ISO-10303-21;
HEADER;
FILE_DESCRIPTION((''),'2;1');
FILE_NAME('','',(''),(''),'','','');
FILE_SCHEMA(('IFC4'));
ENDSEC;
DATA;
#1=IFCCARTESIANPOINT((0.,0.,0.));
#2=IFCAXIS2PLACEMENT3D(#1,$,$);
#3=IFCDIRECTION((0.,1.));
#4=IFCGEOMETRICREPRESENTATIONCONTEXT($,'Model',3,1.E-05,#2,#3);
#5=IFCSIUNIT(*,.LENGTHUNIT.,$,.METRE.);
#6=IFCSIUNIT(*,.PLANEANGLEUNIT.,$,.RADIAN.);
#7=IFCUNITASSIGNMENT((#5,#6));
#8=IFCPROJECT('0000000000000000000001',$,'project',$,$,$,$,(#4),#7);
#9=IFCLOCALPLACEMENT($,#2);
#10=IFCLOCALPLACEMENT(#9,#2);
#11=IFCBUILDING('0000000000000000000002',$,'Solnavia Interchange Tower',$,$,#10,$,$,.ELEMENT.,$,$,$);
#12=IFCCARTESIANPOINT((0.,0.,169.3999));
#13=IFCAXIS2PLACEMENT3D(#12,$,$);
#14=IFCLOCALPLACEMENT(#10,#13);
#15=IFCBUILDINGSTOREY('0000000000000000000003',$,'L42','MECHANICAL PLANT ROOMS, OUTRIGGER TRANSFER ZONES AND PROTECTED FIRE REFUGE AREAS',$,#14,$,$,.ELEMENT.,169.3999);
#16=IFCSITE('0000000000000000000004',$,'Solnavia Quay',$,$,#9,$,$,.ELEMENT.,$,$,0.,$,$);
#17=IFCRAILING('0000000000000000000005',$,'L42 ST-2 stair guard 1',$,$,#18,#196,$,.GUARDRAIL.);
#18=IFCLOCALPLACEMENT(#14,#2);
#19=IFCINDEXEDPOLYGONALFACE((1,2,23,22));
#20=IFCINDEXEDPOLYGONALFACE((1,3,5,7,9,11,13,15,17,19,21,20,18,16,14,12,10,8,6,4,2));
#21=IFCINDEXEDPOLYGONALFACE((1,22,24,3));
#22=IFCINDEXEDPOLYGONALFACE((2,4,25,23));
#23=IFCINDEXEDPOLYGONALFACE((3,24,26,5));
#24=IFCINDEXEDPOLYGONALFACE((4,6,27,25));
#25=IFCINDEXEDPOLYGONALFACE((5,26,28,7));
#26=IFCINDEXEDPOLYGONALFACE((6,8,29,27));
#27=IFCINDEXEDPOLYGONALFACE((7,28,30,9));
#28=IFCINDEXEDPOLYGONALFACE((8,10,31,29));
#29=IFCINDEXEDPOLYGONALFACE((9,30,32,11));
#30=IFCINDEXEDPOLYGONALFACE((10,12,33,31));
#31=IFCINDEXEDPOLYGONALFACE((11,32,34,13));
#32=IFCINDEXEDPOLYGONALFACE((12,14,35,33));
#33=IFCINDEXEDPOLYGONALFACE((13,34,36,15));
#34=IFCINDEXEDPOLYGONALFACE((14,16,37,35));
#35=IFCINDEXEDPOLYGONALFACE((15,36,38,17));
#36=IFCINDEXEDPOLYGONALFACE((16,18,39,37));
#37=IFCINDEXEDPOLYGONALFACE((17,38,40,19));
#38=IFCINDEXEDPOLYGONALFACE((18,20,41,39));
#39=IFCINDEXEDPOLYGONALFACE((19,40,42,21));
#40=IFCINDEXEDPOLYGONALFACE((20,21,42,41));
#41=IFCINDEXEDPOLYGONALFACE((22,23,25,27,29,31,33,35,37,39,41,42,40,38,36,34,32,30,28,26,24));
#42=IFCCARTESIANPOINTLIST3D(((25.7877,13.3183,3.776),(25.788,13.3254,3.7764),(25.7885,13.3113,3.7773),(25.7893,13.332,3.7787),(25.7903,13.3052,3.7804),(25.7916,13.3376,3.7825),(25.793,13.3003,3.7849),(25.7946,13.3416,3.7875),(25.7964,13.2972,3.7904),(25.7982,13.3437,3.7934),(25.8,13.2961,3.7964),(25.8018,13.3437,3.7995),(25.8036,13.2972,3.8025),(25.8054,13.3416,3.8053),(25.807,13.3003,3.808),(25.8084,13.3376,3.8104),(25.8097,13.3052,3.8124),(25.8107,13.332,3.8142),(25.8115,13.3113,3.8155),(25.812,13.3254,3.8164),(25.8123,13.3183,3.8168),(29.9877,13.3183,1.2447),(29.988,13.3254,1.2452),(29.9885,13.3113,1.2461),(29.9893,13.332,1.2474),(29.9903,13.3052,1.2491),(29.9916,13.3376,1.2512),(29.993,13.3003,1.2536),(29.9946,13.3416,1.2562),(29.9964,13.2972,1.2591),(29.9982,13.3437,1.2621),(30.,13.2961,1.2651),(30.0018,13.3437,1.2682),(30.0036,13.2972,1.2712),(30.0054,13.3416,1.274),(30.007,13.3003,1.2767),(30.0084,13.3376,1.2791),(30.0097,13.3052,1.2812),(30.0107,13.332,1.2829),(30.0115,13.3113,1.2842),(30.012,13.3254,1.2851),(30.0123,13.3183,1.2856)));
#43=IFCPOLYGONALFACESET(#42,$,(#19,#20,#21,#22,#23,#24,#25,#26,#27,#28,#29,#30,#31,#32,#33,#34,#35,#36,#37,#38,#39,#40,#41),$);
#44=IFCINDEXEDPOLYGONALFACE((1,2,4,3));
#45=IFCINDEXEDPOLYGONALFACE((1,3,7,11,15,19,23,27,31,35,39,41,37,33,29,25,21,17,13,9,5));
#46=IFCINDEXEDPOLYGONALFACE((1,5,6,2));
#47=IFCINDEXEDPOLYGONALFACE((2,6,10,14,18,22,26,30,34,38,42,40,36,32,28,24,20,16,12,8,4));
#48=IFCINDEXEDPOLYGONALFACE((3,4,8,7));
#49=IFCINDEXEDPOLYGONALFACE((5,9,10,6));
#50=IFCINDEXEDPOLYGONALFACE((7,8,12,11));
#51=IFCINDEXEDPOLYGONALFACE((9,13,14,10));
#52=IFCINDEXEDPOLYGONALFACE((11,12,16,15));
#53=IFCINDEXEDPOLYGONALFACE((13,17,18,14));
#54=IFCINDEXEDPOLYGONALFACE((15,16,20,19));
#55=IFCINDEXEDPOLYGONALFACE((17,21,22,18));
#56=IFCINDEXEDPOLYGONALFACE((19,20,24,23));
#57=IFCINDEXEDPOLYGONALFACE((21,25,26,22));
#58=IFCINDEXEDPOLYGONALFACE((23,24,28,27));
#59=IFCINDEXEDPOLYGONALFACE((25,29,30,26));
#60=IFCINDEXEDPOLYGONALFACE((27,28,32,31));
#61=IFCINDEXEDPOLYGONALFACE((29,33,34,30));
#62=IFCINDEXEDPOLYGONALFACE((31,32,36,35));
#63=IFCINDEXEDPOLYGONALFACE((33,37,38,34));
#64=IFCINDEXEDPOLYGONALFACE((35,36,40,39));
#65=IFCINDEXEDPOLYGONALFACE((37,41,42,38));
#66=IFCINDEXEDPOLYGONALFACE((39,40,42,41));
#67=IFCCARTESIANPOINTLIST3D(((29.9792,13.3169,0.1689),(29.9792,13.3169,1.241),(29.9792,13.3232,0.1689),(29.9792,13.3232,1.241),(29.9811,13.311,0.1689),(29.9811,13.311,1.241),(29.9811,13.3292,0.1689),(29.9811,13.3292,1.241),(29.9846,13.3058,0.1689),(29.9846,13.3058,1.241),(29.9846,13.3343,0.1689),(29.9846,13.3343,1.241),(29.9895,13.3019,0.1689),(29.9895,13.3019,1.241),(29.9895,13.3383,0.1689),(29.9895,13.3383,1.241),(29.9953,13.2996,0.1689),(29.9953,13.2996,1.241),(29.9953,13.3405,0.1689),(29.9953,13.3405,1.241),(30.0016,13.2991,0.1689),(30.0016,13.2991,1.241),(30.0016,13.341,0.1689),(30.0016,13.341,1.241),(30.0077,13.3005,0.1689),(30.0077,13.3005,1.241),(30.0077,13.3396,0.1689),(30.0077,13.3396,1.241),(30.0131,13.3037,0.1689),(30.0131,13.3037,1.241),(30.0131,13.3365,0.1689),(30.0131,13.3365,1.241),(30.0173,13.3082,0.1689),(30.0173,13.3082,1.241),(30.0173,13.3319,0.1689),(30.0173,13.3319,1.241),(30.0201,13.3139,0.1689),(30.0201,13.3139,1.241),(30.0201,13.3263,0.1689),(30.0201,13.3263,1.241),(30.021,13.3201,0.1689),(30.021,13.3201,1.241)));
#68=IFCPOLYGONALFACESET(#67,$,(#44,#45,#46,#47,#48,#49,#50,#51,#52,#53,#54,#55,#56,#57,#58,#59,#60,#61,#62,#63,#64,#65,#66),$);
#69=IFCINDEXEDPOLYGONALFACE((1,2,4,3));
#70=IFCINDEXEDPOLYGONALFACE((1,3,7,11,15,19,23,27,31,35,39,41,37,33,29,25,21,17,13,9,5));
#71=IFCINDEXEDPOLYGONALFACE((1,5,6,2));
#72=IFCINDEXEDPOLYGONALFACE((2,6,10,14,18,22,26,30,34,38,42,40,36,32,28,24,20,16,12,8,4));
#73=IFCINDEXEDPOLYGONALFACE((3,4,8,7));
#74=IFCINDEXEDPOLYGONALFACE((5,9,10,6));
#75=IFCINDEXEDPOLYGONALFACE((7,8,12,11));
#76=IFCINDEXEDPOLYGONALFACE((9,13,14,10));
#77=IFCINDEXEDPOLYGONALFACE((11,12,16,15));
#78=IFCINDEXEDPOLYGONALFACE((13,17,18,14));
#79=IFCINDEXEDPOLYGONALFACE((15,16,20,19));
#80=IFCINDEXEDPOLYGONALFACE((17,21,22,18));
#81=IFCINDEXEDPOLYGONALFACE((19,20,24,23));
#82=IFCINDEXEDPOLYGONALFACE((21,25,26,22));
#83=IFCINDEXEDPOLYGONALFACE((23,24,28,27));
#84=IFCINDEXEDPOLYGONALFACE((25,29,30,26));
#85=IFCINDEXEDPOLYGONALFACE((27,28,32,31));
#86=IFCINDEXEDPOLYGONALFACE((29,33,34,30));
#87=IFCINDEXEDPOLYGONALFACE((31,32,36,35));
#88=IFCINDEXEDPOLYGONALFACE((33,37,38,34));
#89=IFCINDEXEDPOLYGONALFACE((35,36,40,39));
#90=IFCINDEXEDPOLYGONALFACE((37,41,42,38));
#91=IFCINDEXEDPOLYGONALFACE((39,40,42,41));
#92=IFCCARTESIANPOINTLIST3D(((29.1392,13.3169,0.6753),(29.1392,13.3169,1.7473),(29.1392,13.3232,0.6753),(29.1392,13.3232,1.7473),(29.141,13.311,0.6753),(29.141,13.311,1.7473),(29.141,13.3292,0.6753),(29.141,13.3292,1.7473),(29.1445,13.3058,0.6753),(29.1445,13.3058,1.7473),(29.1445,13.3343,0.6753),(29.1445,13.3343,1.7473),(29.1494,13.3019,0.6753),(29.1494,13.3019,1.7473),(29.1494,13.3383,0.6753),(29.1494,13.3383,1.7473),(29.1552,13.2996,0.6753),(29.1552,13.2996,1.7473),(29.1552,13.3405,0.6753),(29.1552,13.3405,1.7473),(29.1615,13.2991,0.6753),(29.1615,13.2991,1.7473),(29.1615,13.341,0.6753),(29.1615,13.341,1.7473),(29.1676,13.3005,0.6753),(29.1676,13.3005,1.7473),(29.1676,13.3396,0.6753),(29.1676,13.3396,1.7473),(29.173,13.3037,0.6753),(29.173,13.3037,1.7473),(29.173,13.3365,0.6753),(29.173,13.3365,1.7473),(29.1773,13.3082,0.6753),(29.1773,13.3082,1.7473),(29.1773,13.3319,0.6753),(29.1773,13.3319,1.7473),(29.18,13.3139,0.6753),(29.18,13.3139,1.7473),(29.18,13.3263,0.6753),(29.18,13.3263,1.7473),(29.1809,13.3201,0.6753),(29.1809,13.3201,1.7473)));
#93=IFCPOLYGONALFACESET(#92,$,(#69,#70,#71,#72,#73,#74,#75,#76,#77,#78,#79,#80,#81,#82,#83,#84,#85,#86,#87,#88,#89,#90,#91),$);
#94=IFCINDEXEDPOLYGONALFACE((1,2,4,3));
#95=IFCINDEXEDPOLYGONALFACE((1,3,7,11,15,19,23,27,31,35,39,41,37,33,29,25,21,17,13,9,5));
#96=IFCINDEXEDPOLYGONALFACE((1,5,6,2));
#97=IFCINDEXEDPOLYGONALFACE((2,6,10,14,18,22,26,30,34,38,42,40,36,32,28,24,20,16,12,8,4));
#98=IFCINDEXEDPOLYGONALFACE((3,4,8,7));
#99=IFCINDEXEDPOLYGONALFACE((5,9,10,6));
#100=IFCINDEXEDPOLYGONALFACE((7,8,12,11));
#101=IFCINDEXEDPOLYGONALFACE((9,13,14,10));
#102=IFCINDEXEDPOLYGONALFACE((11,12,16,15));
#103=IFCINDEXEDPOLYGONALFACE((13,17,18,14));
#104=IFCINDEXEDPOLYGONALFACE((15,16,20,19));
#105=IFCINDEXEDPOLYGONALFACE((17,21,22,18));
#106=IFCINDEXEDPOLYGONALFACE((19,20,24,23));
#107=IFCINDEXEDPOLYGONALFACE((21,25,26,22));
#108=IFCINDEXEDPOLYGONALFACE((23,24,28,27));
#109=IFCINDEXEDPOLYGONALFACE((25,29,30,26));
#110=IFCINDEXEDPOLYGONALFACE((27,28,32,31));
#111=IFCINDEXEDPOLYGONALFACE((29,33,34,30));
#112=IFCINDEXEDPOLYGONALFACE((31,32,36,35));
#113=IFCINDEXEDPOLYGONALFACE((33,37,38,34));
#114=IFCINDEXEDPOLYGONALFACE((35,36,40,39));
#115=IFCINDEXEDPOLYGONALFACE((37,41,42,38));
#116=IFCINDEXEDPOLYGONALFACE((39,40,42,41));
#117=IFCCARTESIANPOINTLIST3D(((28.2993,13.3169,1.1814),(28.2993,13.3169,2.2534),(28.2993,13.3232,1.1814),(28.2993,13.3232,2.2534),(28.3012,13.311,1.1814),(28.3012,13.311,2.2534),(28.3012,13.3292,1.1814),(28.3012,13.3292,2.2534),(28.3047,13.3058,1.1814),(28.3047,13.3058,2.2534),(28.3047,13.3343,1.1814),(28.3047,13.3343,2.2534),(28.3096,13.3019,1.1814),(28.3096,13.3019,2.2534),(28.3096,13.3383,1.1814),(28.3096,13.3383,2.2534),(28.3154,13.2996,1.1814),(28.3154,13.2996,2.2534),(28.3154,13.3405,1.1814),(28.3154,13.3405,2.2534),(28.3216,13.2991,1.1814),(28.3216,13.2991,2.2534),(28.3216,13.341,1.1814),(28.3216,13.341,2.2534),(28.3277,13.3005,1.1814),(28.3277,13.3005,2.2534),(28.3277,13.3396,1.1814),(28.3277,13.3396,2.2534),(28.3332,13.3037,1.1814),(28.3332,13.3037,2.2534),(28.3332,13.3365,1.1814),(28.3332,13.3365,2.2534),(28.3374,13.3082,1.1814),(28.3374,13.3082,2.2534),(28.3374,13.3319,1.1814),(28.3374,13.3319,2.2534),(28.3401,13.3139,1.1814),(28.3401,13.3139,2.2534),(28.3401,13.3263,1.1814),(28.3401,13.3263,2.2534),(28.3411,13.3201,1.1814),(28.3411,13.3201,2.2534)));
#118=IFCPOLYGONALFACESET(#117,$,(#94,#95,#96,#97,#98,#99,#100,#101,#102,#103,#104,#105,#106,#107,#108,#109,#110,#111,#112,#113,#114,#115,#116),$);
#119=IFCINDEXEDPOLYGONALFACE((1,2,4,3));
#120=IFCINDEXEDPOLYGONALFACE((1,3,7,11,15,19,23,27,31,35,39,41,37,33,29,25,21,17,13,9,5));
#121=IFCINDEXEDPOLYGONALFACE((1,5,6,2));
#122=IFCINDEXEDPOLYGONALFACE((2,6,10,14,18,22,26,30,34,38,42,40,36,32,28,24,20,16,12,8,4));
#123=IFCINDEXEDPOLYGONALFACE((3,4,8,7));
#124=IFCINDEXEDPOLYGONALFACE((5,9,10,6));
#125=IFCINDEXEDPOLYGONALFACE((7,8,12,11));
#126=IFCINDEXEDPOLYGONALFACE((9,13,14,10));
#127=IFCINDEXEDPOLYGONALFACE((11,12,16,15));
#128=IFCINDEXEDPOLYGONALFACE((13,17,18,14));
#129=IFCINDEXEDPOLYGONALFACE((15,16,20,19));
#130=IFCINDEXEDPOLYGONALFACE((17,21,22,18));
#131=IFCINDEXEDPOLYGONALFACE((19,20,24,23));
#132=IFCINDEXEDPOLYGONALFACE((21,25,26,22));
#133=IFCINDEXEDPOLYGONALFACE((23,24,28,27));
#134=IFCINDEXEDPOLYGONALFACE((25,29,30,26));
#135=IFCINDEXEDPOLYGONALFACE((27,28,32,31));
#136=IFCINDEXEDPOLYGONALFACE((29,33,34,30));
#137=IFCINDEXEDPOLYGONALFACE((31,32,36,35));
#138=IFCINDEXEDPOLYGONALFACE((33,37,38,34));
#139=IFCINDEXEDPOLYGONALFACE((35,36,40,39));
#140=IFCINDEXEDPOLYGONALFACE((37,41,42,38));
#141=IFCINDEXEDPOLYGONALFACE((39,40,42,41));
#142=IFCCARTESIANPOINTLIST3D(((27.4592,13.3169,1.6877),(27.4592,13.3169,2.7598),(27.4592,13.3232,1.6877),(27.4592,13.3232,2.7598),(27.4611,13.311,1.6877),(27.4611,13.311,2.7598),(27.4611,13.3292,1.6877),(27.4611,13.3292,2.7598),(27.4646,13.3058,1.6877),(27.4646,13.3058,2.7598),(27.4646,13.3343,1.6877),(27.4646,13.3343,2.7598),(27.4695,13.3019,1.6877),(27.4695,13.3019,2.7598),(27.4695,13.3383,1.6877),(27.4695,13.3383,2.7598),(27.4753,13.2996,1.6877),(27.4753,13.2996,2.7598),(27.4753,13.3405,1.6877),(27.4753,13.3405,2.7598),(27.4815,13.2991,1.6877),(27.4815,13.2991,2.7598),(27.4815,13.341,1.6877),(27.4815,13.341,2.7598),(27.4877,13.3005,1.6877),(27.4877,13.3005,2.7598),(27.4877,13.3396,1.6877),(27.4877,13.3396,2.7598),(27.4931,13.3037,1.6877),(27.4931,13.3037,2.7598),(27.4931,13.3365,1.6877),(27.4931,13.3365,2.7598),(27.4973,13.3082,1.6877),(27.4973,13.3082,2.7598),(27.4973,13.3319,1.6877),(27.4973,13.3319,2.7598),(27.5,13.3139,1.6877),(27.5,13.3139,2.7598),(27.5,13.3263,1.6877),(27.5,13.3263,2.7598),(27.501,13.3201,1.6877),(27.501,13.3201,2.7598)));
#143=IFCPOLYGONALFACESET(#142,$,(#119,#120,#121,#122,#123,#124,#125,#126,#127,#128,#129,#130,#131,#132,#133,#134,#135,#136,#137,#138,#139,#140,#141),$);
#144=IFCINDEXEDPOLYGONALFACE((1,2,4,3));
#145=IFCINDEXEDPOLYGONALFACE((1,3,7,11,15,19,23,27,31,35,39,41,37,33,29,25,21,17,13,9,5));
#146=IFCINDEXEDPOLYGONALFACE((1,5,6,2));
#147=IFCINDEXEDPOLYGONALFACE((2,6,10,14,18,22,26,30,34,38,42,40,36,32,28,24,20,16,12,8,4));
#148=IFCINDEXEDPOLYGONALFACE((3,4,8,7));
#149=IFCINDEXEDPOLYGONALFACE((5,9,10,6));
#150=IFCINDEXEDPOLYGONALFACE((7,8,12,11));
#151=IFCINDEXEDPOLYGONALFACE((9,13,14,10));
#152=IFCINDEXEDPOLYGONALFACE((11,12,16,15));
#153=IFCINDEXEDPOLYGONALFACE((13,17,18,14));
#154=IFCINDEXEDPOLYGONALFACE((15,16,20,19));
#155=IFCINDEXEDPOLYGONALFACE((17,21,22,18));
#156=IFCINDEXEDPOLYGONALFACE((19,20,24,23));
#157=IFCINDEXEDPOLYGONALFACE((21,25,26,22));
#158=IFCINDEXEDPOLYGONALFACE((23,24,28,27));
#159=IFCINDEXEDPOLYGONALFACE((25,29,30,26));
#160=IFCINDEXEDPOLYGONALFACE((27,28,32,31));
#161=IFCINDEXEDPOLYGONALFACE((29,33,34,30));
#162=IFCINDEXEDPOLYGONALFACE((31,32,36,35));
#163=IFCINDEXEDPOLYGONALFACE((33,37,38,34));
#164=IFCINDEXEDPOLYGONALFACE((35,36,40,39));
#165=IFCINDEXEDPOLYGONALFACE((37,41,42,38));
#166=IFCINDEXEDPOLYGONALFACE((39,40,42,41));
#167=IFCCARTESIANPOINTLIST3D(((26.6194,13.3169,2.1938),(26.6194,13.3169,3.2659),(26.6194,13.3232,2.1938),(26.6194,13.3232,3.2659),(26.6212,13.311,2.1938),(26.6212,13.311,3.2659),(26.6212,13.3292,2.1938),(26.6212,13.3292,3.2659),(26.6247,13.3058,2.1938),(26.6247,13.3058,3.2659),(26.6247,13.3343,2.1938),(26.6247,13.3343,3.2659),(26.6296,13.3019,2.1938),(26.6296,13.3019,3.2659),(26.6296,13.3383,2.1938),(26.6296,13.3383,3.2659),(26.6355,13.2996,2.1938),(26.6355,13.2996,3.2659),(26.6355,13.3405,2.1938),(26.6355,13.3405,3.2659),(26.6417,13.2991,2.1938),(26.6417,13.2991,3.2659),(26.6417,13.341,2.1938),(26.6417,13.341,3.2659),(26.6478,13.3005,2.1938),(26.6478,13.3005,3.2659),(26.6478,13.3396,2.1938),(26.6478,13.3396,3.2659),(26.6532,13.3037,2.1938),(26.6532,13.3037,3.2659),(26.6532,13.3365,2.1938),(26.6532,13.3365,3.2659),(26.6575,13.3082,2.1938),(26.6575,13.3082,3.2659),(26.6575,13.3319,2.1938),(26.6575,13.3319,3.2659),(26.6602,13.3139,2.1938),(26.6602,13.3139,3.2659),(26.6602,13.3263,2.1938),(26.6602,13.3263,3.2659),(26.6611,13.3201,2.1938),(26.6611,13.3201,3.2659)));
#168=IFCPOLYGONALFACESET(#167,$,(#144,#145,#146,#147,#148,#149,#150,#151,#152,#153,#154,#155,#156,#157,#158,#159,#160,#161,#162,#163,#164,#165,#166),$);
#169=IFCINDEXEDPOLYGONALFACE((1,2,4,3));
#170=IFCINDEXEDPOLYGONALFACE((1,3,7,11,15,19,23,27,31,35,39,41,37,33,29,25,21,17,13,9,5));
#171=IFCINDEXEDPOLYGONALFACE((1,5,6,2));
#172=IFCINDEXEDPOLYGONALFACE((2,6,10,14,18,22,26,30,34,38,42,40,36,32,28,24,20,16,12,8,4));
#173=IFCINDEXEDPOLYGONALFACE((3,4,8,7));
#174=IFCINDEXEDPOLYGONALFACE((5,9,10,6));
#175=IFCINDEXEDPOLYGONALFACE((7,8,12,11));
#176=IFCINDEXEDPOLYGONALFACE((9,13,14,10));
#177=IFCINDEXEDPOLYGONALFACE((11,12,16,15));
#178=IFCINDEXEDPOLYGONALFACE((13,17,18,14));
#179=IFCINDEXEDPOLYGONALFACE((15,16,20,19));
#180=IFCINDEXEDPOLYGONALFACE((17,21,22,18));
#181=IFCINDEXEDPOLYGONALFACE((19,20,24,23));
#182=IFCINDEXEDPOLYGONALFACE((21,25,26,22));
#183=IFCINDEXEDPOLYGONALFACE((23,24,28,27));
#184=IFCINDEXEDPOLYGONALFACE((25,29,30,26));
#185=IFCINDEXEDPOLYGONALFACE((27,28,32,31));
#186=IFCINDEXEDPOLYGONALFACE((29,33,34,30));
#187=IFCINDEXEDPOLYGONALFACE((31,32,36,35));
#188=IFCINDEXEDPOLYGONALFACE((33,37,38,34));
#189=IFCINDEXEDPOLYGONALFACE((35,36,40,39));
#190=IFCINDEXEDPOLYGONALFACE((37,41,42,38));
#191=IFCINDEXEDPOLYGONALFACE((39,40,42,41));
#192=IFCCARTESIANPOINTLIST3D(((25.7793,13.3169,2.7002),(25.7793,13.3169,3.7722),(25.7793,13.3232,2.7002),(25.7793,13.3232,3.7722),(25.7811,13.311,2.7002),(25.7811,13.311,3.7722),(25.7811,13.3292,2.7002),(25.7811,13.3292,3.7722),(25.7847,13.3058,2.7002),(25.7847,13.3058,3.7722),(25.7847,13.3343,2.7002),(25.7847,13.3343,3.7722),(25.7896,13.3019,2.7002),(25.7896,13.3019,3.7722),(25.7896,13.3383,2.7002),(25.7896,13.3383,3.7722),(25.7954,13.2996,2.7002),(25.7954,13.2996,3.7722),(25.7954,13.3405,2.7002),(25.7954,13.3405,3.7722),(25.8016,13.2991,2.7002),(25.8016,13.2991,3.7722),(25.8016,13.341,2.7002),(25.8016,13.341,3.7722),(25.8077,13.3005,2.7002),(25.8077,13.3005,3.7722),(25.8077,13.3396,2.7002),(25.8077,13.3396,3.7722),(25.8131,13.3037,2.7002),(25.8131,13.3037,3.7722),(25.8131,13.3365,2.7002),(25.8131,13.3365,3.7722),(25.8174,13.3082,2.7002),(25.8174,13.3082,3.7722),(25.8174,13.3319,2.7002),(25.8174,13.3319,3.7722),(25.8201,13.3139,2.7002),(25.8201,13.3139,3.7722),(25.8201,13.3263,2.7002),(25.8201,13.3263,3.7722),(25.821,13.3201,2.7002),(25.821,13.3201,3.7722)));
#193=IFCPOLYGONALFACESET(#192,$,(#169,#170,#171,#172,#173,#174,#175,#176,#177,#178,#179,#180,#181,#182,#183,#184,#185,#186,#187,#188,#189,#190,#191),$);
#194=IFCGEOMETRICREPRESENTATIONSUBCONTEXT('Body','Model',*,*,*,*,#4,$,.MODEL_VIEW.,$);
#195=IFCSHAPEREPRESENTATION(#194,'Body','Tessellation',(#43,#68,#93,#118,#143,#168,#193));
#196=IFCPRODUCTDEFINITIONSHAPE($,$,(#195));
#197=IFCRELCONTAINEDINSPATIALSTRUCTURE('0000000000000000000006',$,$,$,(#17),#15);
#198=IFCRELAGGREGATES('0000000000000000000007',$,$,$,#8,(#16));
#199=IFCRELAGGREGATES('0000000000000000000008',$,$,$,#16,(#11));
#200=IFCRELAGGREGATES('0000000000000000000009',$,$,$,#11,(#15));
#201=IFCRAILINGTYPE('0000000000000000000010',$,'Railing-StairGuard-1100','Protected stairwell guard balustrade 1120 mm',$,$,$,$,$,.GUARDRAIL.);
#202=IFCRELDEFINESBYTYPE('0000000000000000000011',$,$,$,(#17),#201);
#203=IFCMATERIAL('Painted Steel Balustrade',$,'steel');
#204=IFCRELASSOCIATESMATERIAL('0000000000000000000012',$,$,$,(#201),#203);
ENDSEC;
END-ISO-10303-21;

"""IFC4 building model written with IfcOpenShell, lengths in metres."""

from ifc_helpers import new_model, si_unit, direction, frame, origin, origin_2d, place, context, subcontext, project, spatial, circle, extrude, material, type_object, element, save


model = new_model("IFC4")

# Units and contexts
model_context = context("Model", 3, precision=1e-05, world=origin(), true_north=direction((0.0, 1.0)))
body_context = subcontext(model_context, "Body", "Model", "MODEL_VIEW")
ifc_project = project(units=[si_unit("LENGTHUNIT", "METRE"), si_unit("PLANEANGLEUNIT", "RADIAN")], contexts=[model_context])

# Site, building, storey
site_placement = place(None, origin())
site = spatial("IfcSite", under=ifc_project, at=site_placement, Name="Solnavia Quay", CompositionType="ELEMENT", RefElevation=0.0)
building_placement = place(site_placement, origin())
building = spatial("IfcBuilding", under=site, at=building_placement, Name="Solnavia Interchange Tower", CompositionType="ELEMENT")
storey_placement = place(building_placement, frame((0.0, 0.0, 169.3999)))
storey = spatial("IfcBuildingStorey", under=building, at=storey_placement, Name="L42", Description="MECHANICAL PLANT ROOMS, OUTRIGGER TRANSFER ZONES AND PROTECTED FIRE REFUGE AREAS", CompositionType="ELEMENT", Elevation=169.3999)

# Railing
ifc_material_1 = material(Name="Painted Steel Balustrade", Category="steel")
railing_type = type_object("IfcRailingType", Name="Railing-StairGuard-1100", Description="Protected stairwell guard balustrade 1120 mm", PredefinedType="GUARDRAIL", material=ifc_material_1)
railing_1_placement = place(storey_placement, frame((30.0, 13.3201, 0.1689)))
element("IfcRailing", 1, at=railing_1_placement, inside=storey, type_object=railing_type, Name="L42 ST-2 stair guard 1", PredefinedType="GUARDRAIL", context=body_context, shape_type="SweptSolid", body=[
    extrude(circle(Radius=0.0239, at=origin_2d()), frame((0.0, 0.0, 1.0962), z_axis=(-0.856476, 0.0, 0.516186), x_axis=(0.0, -1.0, 0.0)), (0.0, 0.0, 1.0), 4.9038),
    extrude(circle(Radius=0.021, at=origin_2d()), origin(), (0.0, 0.0, 1.0), 1.072),
    extrude(circle(Radius=0.021, at=origin_2d()), frame((-0.8401, 0.0, 0.5063)), (0.0, 0.0, 1.0), 1.072),
    extrude(circle(Radius=0.021, at=origin_2d()), frame((-1.6799, 0.0, 1.0125)), (0.0, 0.0, 1.0), 1.072),
    extrude(circle(Radius=0.021, at=origin_2d()), frame((-2.52, 0.0, 1.5188)), (0.0, 0.0, 1.0), 1.072),
    extrude(circle(Radius=0.021, at=origin_2d()), frame((-3.3599, 0.0, 2.0249)), (0.0, 0.0, 1.0), 1.072),
    extrude(circle(Radius=0.021, at=origin_2d()), frame((-4.2, 0.0, 2.5312)), (0.0, 0.0, 1.0), 1.072),
])

save(model, "model.ifc")
